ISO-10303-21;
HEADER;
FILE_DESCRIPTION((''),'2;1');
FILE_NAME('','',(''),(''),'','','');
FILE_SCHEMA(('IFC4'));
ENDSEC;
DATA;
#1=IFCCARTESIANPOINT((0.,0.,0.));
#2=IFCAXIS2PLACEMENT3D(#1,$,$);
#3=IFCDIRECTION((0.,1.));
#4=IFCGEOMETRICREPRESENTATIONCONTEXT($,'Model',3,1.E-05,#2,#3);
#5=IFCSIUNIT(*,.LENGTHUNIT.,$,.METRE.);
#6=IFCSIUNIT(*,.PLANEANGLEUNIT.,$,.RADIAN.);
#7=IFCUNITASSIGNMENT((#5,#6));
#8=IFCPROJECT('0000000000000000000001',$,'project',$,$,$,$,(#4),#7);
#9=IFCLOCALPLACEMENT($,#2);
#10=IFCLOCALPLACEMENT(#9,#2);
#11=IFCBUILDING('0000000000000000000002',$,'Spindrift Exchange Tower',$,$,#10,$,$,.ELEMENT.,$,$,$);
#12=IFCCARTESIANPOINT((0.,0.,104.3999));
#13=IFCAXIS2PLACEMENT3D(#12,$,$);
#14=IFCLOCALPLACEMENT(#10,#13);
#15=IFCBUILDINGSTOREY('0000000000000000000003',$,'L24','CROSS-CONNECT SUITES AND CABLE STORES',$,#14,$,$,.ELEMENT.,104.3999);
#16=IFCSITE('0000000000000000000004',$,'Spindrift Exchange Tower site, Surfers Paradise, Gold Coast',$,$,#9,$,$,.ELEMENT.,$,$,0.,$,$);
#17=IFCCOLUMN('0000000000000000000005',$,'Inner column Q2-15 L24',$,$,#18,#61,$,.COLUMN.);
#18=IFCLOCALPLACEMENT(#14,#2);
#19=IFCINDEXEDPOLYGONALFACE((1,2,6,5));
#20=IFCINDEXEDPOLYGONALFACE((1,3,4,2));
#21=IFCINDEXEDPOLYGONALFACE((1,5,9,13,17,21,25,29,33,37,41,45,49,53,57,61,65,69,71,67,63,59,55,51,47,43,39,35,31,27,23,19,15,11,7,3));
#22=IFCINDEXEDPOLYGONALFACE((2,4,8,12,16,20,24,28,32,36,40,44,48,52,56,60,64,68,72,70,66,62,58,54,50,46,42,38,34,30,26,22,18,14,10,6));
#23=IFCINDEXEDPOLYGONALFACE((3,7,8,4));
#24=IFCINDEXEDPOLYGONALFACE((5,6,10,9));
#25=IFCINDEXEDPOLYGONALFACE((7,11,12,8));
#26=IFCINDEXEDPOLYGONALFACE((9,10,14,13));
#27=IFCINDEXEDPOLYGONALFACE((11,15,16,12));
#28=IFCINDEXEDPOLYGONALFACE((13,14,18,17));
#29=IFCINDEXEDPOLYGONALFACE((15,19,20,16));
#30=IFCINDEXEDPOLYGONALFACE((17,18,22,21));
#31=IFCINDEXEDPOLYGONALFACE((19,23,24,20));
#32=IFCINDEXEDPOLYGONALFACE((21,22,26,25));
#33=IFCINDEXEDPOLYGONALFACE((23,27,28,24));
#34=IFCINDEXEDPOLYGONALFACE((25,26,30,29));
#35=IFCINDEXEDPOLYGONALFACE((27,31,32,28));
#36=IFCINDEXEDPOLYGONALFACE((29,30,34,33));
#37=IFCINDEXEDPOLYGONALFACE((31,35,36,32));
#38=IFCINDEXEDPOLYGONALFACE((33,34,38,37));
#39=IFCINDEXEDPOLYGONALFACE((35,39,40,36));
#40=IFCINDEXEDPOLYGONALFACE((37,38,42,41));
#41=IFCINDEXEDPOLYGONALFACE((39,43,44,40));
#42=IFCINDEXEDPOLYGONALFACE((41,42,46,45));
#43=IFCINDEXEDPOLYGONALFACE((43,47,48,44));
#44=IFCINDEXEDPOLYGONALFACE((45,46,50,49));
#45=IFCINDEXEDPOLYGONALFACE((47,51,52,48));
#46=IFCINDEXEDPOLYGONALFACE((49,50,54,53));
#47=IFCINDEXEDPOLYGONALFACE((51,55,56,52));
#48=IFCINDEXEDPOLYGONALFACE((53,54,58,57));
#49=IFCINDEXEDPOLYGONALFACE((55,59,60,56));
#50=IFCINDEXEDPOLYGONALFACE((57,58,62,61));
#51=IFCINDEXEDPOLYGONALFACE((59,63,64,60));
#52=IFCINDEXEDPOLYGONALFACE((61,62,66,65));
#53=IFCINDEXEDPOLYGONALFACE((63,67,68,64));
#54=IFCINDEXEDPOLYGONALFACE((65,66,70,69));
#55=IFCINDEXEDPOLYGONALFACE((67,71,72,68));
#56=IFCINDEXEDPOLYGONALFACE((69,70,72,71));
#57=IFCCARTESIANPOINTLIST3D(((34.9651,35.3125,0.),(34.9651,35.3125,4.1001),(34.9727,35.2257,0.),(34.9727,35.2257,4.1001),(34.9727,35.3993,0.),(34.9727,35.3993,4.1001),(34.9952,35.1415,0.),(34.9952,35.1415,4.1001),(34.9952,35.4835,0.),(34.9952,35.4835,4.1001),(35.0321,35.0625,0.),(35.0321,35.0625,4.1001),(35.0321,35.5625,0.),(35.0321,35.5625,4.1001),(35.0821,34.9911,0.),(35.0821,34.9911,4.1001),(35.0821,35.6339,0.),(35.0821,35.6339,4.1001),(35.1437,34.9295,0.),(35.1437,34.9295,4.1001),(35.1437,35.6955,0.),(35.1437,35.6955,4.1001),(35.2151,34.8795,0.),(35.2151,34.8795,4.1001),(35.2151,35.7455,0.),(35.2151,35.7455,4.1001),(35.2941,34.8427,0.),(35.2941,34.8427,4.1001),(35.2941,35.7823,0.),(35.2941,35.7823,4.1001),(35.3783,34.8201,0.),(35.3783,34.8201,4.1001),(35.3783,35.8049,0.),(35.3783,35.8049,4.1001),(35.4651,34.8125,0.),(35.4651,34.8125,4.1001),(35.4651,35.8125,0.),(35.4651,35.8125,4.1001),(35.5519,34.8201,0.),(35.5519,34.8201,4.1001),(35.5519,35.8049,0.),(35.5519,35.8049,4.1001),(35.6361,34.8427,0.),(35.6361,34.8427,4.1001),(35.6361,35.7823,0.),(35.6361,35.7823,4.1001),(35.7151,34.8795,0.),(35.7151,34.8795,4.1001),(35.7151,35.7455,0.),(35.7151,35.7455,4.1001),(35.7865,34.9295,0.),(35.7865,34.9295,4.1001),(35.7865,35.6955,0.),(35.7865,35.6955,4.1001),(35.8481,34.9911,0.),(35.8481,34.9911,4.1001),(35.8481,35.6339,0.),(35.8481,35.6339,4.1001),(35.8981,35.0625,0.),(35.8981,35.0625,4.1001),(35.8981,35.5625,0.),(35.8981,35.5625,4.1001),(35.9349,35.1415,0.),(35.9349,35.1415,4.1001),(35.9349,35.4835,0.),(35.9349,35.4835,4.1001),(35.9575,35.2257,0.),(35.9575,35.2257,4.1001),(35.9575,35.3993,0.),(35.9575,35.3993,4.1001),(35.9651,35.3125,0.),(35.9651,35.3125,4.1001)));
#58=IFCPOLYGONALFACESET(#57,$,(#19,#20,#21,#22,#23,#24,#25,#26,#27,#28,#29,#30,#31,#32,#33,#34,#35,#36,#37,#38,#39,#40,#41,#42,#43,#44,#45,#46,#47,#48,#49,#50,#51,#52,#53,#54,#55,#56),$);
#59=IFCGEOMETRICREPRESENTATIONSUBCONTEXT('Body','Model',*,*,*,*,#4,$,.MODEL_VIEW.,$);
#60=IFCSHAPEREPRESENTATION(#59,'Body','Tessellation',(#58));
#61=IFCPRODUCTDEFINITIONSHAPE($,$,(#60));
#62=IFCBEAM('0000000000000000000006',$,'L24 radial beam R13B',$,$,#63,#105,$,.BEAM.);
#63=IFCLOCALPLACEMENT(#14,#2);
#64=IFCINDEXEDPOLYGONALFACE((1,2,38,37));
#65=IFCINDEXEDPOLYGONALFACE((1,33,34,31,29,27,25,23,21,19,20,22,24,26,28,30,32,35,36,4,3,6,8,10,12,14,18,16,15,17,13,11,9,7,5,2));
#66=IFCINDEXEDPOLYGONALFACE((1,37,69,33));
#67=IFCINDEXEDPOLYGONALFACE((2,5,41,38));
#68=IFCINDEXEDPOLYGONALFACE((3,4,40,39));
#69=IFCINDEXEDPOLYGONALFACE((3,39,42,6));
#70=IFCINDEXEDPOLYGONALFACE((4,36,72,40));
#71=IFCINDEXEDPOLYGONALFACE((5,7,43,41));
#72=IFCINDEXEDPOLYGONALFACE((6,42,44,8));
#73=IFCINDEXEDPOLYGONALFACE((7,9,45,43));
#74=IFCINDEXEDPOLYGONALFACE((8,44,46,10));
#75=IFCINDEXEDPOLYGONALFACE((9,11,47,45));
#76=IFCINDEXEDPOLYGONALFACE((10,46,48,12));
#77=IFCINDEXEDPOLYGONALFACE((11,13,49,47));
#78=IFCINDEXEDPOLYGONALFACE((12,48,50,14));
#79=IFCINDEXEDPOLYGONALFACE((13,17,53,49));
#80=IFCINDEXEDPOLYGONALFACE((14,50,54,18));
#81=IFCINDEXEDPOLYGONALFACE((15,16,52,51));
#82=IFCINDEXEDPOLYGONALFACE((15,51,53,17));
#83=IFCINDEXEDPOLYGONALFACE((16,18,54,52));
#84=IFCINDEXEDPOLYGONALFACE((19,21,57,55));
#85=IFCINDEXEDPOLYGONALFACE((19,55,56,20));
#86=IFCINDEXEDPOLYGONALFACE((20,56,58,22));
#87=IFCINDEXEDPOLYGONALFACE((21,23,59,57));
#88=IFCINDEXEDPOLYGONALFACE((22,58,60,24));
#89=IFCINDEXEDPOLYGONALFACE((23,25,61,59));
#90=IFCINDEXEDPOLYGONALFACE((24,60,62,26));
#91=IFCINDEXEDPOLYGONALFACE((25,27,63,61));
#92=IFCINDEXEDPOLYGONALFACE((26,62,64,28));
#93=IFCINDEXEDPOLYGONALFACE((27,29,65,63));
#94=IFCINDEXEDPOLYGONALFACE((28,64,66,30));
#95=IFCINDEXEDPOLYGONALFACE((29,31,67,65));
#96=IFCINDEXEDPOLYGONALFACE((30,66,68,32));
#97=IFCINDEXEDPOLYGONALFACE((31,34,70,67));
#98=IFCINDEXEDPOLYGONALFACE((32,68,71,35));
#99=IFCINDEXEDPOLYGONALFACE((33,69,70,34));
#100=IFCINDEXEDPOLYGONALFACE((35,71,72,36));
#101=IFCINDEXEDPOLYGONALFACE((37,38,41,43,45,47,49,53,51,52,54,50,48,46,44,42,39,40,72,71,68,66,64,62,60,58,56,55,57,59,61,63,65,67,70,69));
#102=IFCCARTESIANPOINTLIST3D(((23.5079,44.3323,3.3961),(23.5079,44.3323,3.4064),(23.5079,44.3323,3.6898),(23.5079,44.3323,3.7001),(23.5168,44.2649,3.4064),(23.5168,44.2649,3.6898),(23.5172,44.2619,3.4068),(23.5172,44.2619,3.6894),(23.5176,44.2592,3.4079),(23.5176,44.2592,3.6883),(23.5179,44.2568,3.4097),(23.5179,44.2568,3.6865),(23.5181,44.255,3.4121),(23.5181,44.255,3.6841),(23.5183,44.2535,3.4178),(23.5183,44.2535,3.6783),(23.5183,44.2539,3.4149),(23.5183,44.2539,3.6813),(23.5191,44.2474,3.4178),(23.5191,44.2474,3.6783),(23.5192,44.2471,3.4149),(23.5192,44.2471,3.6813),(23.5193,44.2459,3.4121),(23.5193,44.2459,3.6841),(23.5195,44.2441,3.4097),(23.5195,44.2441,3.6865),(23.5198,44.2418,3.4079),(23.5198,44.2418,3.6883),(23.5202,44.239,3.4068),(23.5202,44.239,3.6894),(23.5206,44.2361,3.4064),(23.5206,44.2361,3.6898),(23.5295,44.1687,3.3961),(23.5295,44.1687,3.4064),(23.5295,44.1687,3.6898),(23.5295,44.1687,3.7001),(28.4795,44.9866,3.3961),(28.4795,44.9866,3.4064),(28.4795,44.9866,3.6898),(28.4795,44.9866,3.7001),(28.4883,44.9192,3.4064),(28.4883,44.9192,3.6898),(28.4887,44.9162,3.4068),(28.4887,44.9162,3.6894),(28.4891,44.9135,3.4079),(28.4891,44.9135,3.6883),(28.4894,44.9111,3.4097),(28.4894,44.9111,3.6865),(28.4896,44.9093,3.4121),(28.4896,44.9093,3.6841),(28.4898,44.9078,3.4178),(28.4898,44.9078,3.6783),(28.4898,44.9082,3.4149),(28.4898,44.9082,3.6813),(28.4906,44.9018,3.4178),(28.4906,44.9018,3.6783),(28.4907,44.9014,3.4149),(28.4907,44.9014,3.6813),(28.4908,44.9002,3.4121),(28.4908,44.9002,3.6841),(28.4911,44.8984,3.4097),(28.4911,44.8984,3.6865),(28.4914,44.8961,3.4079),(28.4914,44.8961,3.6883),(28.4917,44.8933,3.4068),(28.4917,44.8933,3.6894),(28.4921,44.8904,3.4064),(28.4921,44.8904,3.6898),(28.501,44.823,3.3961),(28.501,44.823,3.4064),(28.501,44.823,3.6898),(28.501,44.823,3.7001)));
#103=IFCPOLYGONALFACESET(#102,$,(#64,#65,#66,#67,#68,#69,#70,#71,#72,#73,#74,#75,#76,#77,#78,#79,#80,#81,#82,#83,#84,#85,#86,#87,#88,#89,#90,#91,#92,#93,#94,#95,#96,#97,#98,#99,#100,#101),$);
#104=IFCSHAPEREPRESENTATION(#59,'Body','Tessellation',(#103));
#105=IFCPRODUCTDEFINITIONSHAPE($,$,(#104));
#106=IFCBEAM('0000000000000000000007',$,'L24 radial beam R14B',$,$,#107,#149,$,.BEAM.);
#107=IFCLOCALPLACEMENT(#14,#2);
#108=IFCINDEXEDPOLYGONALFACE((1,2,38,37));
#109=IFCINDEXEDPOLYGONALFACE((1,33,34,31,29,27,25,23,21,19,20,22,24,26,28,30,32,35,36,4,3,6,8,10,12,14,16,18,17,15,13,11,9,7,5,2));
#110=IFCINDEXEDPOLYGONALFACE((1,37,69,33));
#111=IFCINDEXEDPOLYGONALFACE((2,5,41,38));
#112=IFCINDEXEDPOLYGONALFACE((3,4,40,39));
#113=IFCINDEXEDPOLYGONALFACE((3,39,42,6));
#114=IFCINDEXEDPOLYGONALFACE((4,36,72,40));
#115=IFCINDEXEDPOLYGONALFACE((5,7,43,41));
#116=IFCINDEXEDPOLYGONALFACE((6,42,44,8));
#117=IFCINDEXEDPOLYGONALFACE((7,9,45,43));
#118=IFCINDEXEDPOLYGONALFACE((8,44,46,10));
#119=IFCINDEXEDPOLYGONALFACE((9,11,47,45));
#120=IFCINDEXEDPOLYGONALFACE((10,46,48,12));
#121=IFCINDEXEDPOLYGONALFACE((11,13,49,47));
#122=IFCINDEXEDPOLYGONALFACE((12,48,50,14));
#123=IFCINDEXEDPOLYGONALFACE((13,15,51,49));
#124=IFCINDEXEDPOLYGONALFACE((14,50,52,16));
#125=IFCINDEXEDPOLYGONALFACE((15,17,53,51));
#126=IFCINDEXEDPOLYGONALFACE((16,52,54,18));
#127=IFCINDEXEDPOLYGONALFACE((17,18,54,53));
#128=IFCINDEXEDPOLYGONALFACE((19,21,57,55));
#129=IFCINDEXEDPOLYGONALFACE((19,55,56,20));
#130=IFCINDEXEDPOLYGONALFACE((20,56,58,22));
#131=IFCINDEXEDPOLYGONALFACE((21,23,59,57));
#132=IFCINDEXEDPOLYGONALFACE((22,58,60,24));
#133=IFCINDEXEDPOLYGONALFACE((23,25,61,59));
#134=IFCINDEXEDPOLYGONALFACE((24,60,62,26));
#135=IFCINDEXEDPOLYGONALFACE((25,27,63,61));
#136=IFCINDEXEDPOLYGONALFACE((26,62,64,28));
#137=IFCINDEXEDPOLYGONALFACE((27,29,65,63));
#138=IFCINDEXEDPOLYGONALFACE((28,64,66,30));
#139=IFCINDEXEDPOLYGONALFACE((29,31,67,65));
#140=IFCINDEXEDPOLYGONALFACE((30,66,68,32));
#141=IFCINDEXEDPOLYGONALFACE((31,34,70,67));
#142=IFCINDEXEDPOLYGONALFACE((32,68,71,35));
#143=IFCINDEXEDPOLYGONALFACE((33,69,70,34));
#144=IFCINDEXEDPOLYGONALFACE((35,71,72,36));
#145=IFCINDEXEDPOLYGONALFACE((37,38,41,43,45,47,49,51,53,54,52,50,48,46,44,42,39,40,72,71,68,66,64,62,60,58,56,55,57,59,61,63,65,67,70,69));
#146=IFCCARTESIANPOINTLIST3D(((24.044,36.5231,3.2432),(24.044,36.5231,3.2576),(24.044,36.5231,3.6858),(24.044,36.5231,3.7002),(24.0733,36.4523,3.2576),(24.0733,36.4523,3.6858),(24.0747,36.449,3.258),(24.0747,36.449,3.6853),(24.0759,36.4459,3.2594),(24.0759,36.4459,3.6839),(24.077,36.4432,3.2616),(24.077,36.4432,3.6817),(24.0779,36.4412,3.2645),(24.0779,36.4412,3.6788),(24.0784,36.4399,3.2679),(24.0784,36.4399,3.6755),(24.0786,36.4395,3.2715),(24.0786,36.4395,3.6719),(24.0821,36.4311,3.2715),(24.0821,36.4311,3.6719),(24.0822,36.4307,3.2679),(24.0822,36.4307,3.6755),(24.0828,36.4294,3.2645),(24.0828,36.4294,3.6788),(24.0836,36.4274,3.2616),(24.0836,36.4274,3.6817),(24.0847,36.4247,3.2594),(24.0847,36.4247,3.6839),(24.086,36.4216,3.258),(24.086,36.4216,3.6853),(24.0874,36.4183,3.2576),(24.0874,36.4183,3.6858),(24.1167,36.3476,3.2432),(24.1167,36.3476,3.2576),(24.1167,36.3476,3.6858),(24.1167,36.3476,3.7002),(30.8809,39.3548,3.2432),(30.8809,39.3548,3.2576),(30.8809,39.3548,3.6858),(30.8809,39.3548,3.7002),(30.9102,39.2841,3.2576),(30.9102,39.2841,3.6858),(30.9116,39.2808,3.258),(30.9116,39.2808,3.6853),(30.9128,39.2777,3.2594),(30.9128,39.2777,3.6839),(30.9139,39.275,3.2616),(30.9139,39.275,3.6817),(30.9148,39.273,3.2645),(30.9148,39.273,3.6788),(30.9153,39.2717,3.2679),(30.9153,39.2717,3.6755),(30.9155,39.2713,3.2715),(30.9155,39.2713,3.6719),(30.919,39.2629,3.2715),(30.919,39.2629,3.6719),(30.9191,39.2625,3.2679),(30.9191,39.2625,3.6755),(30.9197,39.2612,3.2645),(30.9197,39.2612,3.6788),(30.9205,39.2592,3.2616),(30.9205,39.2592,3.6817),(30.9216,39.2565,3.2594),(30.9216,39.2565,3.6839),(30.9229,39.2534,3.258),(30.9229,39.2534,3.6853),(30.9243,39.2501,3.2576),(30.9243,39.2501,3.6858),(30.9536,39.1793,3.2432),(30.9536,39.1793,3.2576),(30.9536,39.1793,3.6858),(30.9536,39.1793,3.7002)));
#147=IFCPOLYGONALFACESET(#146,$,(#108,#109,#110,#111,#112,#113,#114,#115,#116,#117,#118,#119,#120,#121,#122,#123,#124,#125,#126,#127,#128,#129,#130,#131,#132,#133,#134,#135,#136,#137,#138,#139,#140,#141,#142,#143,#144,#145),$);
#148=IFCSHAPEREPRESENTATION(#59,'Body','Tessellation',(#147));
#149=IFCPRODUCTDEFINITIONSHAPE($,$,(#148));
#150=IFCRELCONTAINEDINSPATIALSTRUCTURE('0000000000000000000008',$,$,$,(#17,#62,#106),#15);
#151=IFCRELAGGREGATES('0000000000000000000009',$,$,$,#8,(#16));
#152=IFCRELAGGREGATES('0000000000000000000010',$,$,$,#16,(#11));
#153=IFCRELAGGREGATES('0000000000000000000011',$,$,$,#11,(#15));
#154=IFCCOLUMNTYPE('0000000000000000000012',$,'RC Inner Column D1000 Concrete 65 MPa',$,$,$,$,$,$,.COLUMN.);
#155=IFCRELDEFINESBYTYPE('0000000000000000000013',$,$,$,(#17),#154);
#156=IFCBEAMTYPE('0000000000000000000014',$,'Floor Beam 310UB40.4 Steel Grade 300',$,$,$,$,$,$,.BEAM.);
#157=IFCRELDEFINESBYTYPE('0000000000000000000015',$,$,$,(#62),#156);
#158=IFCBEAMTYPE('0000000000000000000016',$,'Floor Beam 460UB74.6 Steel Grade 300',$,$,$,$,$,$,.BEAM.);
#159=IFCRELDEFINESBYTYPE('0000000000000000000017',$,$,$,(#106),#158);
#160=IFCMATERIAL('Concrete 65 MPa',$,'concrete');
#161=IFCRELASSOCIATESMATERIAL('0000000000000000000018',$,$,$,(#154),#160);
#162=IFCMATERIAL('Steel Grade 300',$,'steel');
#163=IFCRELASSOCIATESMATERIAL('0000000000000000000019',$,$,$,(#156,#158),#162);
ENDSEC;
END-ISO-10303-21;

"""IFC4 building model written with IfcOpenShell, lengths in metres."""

from ifc_helpers import new_model, si_unit, direction, frame, origin, origin_2d, place, context, subcontext, project, spatial, circle, i_section, extrude, source, transform, mapped, material, material_profile, profile_set, type_object, element, save


model = new_model("IFC4")

# Units and contexts
model_context = context("Model", 3, precision=1e-05, world=origin(), true_north=direction((0.0, 1.0)))
body_context = subcontext(model_context, "Body", "Model", "MODEL_VIEW")
ifc_project = project(units=[si_unit("LENGTHUNIT", "METRE"), si_unit("PLANEANGLEUNIT", "RADIAN")], contexts=[model_context])

# Site, building, storey
site_placement = place(None, origin())
site = spatial("IfcSite", under=ifc_project, at=site_placement, Name="Spindrift Exchange Tower site, Surfers Paradise, Gold Coast", CompositionType="ELEMENT", RefElevation=0.0)
building_placement = place(site_placement, origin())
building = spatial("IfcBuilding", under=site, at=building_placement, Name="Spindrift Exchange Tower", CompositionType="ELEMENT")
storey_placement = place(building_placement, frame((0.0, 0.0, 104.3999)))
storey = spatial("IfcBuildingStorey", under=building, at=storey_placement, Name="L24", Description="CROSS-CONNECT SUITES AND CABLE STORES", CompositionType="ELEMENT", Elevation=104.3999)

# Column
ifc_material_1 = material(Name="Concrete 65 MPa", Category="concrete")
ifc_material_profile_1 = material_profile(ifc_material_1, circle(Radius=0.5, at=origin_2d()), Name="RC D1000")
ifc_profile_set_1 = profile_set([ifc_material_profile_1], Name="Concrete 65 MPa")
column_type_1 = type_object("IfcColumnType", Name="RC Inner Column D1000 Concrete 65 MPa", PredefinedType="COLUMN", material=ifc_profile_set_1)
shared_shape_1 = source(origin(), body_context, "Body", "SweptSolid", [
    extrude(circle(Radius=0.5, at=origin_2d()), origin(), (0.0, 0.0, 1.0), 4.1001),
])
for number, where, z_axis, x_axis, name in (
    (1, (35.4651, 35.3125, 0.0), (0.0, 0.0, 1.0), (1.0, 0.0, 0.0), "Inner column Q2-15 L24"),
):
    element("IfcColumn", number, at=place(storey_placement, frame(where, z_axis=z_axis, x_axis=x_axis)), inside=storey, type_object=column_type_1, Name=name, PredefinedType="COLUMN", context=body_context, shape_type="MappedRepresentation", body=[
        mapped(shared_shape_1, transform((0.0, 0.0, 0.0), scale=1.0)),
    ])

# Beams
ifc_material_2 = material(Name="Steel Grade 300", Category="steel")
ifc_material_profile_2 = material_profile(ifc_material_2, i_section(OverallWidth=0.165, OverallDepth=0.304, WebThickness=0.0061, FlangeThickness=0.0103, FilletRadius=0.0115, at=origin_2d()), Name="310UB40.4")
ifc_profile_set_2 = profile_set([ifc_material_profile_2], Name="Steel Grade 300")
beam_type_1 = type_object("IfcBeamType", Name="Floor Beam 310UB40.4 Steel Grade 300", PredefinedType="BEAM", material=ifc_profile_set_2)
shared_shape_2 = source(origin(), body_context, "Body", "SweptSolid", [
    extrude(i_section(OverallWidth=0.165, OverallDepth=0.304, WebThickness=0.0061, FlangeThickness=0.0103, FilletRadius=0.0115, at=origin_2d()), origin(), (0.0, 0.0, 1.0), 5.0144),
])
beam_1_placement = place(storey_placement, frame((28.4902, 44.9048, 3.5481), z_axis=(-0.99145, -0.130486, 0.0), x_axis=(0.130486, -0.99145, 0.0)))
element("IfcBeam", 2, at=beam_1_placement, inside=storey, type_object=beam_type_1, Name="L24 radial beam R13B", PredefinedType="BEAM", context=body_context, shape_type="MappedRepresentation", body=[
    mapped(shared_shape_2, transform((0.0, 0.0, 0.0), scale=1.0)),
])
ifc_material_profile_3 = material_profile(ifc_material_2, i_section(OverallWidth=0.1899, OverallDepth=0.457, WebThickness=0.009, FlangeThickness=0.0144, FilletRadius=0.0139, at=origin_2d()), Name="460UB74.6")
ifc_profile_set_3 = profile_set([ifc_material_profile_3], Name="Steel Grade 300")
beam_type_2 = type_object("IfcBeamType", Name="Floor Beam 460UB74.6 Steel Grade 300", PredefinedType="BEAM", material=ifc_profile_set_3)
shared_shape_3 = source(origin(), body_context, "Body", "SweptSolid", [
    extrude(i_section(OverallWidth=0.1899, OverallDepth=0.457, WebThickness=0.009, FlangeThickness=0.0144, FilletRadius=0.0139, at=origin_2d()), origin(), (0.0, 0.0, 1.0), 7.4001),
])
beam_2_placement = place(storey_placement, frame((30.9172, 39.2671, 3.4717), z_axis=(-0.923887, -0.382666, 0.0), x_axis=(0.382666, -0.923887, 0.0)))
element("IfcBeam", 3, at=beam_2_placement, inside=storey, type_object=beam_type_2, Name="L24 radial beam R14B", PredefinedType="BEAM", context=body_context, shape_type="MappedRepresentation", body=[
    mapped(shared_shape_3, transform((0.0, 0.0, 0.0), scale=1.0)),
])

save(model, "model.ifc")
